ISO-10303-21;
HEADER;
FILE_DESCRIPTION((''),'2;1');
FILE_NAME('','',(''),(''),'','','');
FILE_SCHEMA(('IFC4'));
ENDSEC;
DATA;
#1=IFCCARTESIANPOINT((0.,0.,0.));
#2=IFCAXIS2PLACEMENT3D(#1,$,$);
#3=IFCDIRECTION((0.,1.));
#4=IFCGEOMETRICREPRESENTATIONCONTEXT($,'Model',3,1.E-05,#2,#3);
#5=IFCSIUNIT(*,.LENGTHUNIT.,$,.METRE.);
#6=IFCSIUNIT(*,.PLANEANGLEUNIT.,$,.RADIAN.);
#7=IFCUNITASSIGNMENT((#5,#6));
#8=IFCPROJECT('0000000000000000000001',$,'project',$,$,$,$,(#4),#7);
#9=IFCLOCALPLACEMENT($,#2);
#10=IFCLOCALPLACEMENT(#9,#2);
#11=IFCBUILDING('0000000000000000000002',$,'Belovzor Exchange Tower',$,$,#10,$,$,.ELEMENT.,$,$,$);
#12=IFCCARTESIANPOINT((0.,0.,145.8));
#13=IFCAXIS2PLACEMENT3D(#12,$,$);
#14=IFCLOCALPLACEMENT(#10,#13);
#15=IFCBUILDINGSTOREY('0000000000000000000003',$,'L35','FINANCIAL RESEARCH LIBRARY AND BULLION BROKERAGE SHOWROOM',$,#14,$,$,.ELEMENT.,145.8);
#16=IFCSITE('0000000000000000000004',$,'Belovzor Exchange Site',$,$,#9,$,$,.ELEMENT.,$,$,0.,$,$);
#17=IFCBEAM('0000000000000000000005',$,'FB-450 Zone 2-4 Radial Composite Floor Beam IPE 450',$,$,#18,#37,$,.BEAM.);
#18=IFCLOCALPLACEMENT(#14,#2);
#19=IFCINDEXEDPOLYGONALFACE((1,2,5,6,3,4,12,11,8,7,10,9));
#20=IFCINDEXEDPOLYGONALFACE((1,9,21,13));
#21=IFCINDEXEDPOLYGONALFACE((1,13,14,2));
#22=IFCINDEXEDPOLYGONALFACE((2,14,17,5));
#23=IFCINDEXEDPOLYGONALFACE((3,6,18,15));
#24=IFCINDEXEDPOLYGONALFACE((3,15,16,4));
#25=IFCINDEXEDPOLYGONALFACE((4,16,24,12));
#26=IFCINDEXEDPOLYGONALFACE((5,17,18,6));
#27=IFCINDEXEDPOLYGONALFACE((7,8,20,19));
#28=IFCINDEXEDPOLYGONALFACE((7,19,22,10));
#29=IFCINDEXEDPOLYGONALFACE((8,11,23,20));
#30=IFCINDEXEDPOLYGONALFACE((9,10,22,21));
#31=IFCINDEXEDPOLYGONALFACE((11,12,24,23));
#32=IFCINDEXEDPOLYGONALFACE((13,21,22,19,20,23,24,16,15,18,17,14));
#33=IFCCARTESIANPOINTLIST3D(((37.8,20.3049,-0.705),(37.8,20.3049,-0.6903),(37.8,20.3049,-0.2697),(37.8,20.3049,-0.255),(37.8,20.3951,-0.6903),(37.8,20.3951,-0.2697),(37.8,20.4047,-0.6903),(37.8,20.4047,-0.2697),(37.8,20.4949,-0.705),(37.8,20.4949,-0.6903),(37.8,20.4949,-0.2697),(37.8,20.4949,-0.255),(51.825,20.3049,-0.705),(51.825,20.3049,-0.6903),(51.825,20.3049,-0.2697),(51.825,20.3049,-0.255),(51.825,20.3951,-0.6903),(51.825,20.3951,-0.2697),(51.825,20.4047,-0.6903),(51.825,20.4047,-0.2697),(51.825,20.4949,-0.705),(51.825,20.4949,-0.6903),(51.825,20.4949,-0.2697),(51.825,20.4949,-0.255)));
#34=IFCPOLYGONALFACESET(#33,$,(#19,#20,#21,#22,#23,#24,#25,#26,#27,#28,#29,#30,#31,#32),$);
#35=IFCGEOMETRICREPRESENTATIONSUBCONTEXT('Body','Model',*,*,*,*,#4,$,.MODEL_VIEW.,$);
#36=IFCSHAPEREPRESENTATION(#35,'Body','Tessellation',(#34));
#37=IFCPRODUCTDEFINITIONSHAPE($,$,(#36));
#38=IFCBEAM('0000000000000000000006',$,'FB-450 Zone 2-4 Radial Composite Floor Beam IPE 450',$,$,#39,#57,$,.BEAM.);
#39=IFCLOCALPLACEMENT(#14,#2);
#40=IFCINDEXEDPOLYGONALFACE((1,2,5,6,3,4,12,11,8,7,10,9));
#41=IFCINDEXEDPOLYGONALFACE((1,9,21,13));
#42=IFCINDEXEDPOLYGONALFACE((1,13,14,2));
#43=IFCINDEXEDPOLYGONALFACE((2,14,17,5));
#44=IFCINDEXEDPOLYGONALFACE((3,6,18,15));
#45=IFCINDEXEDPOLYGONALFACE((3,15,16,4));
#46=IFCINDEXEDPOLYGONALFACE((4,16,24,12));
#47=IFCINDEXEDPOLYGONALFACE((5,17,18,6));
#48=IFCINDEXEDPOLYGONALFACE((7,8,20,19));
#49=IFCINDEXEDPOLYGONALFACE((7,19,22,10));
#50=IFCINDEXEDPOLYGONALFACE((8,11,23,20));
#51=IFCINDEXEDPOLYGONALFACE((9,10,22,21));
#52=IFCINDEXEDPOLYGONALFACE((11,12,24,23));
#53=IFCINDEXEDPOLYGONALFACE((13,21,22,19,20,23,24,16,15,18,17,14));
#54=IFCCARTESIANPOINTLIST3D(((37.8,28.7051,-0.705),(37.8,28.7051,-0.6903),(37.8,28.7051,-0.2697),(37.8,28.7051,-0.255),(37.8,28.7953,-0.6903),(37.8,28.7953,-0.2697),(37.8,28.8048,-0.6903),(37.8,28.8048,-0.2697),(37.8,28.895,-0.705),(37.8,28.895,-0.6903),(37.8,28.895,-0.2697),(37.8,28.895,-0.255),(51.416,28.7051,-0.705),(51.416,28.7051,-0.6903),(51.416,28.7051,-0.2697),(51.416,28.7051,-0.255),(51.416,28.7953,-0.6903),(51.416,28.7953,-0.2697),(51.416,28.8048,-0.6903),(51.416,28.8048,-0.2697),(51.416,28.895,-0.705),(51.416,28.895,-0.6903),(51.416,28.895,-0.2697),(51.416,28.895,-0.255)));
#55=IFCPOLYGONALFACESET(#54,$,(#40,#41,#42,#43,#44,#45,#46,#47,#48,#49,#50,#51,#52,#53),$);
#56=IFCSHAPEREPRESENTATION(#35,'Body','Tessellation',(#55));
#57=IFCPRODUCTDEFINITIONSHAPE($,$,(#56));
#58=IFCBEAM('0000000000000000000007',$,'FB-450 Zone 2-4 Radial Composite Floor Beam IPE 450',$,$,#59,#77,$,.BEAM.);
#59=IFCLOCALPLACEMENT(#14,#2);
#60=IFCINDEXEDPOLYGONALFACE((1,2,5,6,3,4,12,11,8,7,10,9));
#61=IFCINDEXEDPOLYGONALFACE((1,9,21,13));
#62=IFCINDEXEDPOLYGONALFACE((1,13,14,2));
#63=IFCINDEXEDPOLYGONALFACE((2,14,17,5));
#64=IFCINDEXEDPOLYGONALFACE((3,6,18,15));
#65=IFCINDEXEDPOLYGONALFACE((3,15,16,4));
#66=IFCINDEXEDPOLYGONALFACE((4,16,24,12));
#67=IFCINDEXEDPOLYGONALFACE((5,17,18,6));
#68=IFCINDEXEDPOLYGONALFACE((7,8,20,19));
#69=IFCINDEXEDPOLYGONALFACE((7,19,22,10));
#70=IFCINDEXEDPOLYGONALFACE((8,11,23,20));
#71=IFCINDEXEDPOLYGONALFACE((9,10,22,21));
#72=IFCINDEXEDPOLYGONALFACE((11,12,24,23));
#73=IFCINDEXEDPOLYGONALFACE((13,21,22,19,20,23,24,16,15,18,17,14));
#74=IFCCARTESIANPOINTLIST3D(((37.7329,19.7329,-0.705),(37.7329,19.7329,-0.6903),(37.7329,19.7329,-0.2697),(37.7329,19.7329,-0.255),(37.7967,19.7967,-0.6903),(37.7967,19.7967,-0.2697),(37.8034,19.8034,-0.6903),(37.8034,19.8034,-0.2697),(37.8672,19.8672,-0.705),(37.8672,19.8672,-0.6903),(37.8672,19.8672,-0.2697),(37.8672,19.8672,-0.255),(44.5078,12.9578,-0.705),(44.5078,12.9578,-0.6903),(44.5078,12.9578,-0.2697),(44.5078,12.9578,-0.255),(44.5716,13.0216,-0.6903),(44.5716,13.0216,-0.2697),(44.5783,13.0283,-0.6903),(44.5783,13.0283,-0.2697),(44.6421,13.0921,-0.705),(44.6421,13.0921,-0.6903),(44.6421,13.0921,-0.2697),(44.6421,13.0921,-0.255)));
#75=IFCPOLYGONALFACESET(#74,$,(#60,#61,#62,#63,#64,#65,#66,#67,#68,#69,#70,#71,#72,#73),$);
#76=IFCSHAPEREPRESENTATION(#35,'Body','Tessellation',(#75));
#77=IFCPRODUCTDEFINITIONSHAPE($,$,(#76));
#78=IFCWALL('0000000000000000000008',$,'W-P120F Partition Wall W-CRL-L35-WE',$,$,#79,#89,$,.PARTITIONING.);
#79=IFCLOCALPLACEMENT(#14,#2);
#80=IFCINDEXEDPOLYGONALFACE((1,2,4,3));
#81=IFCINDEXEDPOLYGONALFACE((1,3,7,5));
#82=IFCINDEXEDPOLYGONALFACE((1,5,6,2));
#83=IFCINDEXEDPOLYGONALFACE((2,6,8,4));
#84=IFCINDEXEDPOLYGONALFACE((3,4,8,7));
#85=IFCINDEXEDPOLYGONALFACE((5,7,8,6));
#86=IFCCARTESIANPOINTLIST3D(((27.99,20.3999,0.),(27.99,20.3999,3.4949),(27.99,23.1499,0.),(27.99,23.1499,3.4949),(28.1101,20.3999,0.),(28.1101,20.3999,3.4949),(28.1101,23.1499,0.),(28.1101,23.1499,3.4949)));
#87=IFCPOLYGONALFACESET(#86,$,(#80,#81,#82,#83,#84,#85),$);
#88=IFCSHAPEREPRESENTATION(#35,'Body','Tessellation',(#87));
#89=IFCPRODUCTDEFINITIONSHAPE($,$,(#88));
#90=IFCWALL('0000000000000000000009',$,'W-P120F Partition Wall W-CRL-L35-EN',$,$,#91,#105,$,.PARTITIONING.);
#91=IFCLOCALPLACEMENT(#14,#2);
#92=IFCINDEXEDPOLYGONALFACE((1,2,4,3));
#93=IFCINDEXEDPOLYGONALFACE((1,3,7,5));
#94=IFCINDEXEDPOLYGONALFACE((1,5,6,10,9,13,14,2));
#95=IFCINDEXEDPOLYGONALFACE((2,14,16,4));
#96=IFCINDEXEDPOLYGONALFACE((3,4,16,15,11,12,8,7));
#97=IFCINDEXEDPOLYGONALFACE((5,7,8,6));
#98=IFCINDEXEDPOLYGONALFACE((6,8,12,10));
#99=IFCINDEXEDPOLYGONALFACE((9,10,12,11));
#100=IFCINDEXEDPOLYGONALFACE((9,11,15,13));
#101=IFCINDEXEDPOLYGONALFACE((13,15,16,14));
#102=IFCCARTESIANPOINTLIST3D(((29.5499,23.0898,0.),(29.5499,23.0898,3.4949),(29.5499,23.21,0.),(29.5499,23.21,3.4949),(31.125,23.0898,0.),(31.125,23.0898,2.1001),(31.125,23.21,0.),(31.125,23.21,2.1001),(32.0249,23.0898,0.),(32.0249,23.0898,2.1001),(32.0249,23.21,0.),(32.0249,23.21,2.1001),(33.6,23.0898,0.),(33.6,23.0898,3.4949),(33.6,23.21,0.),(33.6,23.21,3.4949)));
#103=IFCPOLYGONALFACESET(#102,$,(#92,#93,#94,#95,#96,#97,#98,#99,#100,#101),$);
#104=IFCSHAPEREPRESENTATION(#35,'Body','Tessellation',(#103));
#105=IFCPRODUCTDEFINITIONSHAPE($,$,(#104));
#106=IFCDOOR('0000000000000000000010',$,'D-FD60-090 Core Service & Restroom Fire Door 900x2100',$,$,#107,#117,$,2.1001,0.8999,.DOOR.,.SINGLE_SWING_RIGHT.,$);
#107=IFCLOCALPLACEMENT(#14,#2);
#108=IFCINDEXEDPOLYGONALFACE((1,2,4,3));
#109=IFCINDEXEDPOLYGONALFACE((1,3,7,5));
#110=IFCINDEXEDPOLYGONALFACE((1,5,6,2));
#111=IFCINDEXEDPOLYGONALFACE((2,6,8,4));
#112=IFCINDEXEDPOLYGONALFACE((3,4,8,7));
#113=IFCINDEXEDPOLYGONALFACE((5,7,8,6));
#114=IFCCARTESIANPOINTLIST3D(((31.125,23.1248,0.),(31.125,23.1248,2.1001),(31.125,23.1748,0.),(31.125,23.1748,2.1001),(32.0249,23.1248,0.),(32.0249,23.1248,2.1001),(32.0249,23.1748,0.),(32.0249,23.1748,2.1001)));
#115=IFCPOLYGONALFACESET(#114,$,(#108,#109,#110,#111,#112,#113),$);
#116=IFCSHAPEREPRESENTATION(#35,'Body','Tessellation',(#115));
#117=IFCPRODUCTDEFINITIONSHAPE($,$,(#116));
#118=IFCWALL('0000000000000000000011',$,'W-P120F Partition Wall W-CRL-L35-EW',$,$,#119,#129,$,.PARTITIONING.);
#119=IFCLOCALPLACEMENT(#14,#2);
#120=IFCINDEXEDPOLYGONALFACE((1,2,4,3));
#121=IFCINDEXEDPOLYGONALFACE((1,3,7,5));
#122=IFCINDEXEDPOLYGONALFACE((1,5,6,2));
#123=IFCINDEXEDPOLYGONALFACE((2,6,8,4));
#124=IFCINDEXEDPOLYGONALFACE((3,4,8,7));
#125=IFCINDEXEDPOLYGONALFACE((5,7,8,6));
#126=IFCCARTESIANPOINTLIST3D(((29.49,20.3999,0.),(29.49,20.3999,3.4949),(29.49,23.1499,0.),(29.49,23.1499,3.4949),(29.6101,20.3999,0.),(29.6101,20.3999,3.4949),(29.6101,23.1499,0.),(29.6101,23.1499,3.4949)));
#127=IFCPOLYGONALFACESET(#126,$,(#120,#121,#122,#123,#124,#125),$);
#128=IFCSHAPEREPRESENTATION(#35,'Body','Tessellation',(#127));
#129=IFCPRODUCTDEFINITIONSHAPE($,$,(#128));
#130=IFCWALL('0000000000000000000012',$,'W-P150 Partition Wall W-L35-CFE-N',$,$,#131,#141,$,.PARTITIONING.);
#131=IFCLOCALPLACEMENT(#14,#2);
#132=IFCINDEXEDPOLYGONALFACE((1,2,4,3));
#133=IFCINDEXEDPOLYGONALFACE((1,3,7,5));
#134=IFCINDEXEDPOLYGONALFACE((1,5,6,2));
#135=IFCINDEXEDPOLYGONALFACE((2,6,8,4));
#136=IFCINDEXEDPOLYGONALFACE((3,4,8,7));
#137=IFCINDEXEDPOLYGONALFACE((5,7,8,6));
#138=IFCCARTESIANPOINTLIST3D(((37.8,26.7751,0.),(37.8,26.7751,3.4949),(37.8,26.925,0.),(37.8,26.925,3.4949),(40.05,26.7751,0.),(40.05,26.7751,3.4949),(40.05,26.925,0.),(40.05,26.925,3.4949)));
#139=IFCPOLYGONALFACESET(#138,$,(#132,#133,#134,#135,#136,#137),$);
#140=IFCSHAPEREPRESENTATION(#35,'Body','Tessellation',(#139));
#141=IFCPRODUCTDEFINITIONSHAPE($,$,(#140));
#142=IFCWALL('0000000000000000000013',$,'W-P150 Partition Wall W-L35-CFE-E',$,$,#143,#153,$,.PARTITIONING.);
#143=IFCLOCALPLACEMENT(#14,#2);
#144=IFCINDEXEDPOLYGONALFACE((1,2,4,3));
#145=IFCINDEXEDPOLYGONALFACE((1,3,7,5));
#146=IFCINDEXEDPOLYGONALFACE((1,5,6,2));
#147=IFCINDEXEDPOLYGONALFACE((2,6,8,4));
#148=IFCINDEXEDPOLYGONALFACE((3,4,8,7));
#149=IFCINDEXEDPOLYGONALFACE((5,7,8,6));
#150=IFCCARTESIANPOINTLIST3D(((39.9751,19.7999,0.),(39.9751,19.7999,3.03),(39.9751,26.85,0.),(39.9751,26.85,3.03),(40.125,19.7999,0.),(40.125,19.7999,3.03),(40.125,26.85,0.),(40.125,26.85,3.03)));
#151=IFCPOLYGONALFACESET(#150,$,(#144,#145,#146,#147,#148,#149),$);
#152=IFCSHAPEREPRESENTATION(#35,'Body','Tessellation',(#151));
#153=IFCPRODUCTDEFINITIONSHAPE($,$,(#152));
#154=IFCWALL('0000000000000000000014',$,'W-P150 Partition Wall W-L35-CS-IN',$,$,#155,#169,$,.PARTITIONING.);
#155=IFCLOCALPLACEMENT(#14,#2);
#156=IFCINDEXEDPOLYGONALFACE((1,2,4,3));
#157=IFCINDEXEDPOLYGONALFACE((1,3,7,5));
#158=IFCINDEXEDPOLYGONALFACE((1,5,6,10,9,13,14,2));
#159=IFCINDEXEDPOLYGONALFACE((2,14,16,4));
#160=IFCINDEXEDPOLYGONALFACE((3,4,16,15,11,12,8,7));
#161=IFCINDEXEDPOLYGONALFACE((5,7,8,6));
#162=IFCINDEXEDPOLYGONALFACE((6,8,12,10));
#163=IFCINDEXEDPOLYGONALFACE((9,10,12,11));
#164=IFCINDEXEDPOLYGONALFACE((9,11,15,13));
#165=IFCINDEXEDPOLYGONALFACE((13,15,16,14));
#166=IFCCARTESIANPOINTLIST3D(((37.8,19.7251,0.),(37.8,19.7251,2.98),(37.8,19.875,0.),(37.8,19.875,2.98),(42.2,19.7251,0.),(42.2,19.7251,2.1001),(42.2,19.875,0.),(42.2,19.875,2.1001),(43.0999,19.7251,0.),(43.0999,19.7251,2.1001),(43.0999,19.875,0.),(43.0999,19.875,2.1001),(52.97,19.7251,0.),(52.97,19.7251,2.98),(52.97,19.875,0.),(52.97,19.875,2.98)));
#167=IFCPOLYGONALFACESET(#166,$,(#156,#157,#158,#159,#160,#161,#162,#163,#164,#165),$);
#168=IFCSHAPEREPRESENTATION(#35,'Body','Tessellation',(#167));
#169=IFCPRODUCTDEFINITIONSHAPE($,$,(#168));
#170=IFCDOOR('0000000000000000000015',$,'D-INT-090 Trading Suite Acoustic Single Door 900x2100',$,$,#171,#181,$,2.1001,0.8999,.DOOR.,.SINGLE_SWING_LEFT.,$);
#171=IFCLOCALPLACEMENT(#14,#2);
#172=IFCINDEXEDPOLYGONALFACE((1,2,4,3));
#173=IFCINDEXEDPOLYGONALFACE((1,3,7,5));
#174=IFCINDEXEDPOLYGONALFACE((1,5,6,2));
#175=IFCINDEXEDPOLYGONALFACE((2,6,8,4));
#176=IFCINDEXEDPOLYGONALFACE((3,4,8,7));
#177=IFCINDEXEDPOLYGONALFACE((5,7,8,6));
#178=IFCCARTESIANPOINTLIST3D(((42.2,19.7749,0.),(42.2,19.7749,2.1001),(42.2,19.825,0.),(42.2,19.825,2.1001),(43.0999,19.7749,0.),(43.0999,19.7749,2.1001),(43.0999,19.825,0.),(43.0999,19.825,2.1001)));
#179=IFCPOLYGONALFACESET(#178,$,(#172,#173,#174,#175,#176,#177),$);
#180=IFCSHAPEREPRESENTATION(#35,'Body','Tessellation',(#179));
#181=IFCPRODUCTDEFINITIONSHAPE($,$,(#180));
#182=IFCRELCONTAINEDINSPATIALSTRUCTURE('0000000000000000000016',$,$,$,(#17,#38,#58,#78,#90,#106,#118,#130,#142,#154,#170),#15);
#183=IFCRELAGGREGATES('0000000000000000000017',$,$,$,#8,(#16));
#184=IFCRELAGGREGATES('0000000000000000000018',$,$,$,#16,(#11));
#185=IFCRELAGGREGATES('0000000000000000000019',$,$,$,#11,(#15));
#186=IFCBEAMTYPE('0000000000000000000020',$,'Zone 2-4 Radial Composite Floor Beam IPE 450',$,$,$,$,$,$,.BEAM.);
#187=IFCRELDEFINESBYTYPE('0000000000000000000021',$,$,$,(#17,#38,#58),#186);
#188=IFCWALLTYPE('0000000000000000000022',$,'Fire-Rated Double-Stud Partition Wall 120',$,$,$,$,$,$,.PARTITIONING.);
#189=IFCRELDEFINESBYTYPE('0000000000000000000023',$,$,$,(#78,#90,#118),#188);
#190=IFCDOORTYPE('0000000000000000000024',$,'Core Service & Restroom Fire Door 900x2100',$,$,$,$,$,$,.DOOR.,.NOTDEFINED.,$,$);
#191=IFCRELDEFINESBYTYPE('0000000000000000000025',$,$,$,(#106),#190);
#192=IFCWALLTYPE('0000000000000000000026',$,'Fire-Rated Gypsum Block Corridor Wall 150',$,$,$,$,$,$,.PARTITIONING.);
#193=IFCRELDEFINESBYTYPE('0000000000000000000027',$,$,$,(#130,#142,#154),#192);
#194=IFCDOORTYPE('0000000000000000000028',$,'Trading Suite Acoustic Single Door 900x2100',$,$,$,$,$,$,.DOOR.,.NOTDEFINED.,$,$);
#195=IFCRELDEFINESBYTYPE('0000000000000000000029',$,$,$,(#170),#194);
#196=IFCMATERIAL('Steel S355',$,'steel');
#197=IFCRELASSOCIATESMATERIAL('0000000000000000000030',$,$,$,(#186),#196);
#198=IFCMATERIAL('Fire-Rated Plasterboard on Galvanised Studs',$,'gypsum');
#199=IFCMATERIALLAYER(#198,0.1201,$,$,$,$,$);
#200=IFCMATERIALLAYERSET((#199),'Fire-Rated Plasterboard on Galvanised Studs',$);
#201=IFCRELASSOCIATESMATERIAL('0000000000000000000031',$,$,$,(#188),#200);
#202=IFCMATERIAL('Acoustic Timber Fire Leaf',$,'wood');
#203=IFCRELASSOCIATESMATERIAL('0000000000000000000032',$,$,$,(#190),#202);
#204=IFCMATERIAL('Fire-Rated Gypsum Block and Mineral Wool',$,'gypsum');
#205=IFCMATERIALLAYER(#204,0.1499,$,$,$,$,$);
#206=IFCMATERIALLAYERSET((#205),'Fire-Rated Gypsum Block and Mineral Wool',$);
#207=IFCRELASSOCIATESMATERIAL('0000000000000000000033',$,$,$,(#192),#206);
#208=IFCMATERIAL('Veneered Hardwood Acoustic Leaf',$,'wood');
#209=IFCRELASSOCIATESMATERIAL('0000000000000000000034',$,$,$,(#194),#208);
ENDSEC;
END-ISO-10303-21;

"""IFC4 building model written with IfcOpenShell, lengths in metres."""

from ifc_helpers import new_model, si_unit, direction, frame, frame_2d, origin, origin_2d, place, context, subcontext, project, spatial, rectangle, i_section, extrude, material, layer, layer_set, material_profile, profile_set, type_object, element, fill, save


model = new_model("IFC4")

# Units and contexts
model_context = context("Model", 3, precision=1e-05, world=origin(), true_north=direction((0.0, 1.0)))
body_context = subcontext(model_context, "Body", "Model", "MODEL_VIEW")
ifc_project = project(units=[si_unit("LENGTHUNIT", "METRE"), si_unit("PLANEANGLEUNIT", "RADIAN")], contexts=[model_context])

# Site, building, storey
site_placement = place(None, origin())
site = spatial("IfcSite", under=ifc_project, at=site_placement, Name="Belovzor Exchange Site", CompositionType="ELEMENT", RefElevation=0.0)
building_placement = place(site_placement, origin())
building = spatial("IfcBuilding", under=site, at=building_placement, Name="Belovzor Exchange Tower", CompositionType="ELEMENT")
storey_placement = place(building_placement, frame((0.0, 0.0, 145.8)))
storey = spatial("IfcBuildingStorey", under=building, at=storey_placement, Name="L35", Description="FINANCIAL RESEARCH LIBRARY AND BULLION BROKERAGE SHOWROOM", CompositionType="ELEMENT", Elevation=145.8)

# Beams
ifc_material_1 = material(Name="Steel S355", Category="steel")
ifc_material_profile = material_profile(ifc_material_1, i_section(OverallWidth=0.1899, OverallDepth=0.45, WebThickness=0.0095, FlangeThickness=0.0146, at=origin_2d()))
ifc_profile_set = profile_set([ifc_material_profile], Name="Steel S355")
beam_type = type_object("IfcBeamType", Name="Zone 2-4 Radial Composite Floor Beam IPE 450", PredefinedType="BEAM", material=ifc_profile_set)
beam_1_placement = place(storey_placement, frame((37.8, 20.3999, -0.48), z_axis=(1.0, 0.0, 0.0), x_axis=(0.0, 1.0, 0.0)))
element("IfcBeam", 1, at=beam_1_placement, inside=storey, type_object=beam_type, Name="FB-450 Zone 2-4 Radial Composite Floor Beam IPE 450", PredefinedType="BEAM", context=body_context, shape_type="SweptSolid", body=[
    extrude(i_section(OverallWidth=0.1899, OverallDepth=0.45, WebThickness=0.0095, FlangeThickness=0.0146, at=origin_2d()), origin(), (0.0, 0.0, 1.0), 14.0249),
])
beam_2_placement = place(storey_placement, frame((37.8, 28.8, -0.48), z_axis=(1.0, 0.0, 0.0), x_axis=(0.0, 1.0, 0.0)))
element("IfcBeam", 2, at=beam_2_placement, inside=storey, type_object=beam_type, Name="FB-450 Zone 2-4 Radial Composite Floor Beam IPE 450", PredefinedType="BEAM", context=body_context, shape_type="SweptSolid", body=[
    extrude(i_section(OverallWidth=0.1899, OverallDepth=0.45, WebThickness=0.0095, FlangeThickness=0.0146, at=origin_2d()), origin(), (0.0, 0.0, 1.0), 13.616),
])
beam_3_placement = place(storey_placement, frame((37.8, 19.8, -0.48), z_axis=(0.707094, -0.70712, 0.0), x_axis=(0.70712, 0.707094, 0.0)))
element("IfcBeam", 3, at=beam_3_placement, inside=storey, type_object=beam_type, Name="FB-450 Zone 2-4 Radial Composite Floor Beam IPE 450", PredefinedType="BEAM", context=body_context, shape_type="SweptSolid", body=[
    extrude(i_section(OverallWidth=0.1899, OverallDepth=0.45, WebThickness=0.0095, FlangeThickness=0.0146, at=origin_2d()), origin(), (0.0, 0.0, 1.0), 9.5813),
])

# Wall
ifc_material_2 = material(Name="Fire-Rated Plasterboard on Galvanised Studs", Category="gypsum")
ifc_layer_1 = layer(ifc_material_2, 0.1201)
ifc_layer_set_1 = layer_set([ifc_layer_1], Name="Fire-Rated Plasterboard on Galvanised Studs")
wall_type_1 = type_object("IfcWallType", Name="Fire-Rated Double-Stud Partition Wall 120", PredefinedType="PARTITIONING", material=ifc_layer_set_1)
wall_1_placement = place(storey_placement, frame((28.05, 20.3999, 0.0), z_axis=(0.0, 0.0, 1.0), x_axis=(0.0, 1.0, 0.0)))
element("IfcWall", 4, at=wall_1_placement, inside=storey, type_object=wall_type_1, Name="W-P120F Partition Wall W-CRL-L35-WE", PredefinedType="PARTITIONING", context=body_context, shape_type="SweptSolid", body=[
    extrude(rectangle(XDim=2.75, YDim=0.1201, at=frame_2d((1.375, 0.0))), origin(), (0.0, 0.0, 1.0), 3.4949),
])

# Wall, opening, door
wall_2_placement = place(storey_placement, frame((29.55, 23.1499, 0.0), z_axis=(0.0, 0.0, 1.0), x_axis=(1.0, 0.0, 0.0)))
wall_2 = element("IfcWall", 5, at=wall_2_placement, inside=storey, type_object=wall_type_1, Name="W-P120F Partition Wall W-CRL-L35-EN", PredefinedType="PARTITIONING", context=body_context, shape_type="SweptSolid", body=[
    extrude(rectangle(XDim=4.05, YDim=0.1201, at=frame_2d((2.0249, 0.0))), origin(), (0.0, 0.0, 1.0), 3.4949),
])
opening_1_placement = place(wall_2_placement, frame((1.575, 0.0, 0.0)))
opening_1 = element("IfcOpeningElement", 6, at=opening_1_placement, cuts=wall_2, PredefinedType="OPENING", context=body_context, shape_type="SweptSolid", body=[
    extrude(rectangle(XDim=0.8999, YDim=2.1001, at=frame_2d((0.45, 1.05))), frame((0.0, 0.0701, 0.0), z_axis=(0.0, -1.0, 0.0), x_axis=(1.0, 0.0, 0.0)), (0.0, 0.0, 1.0), 0.1401),
])
ifc_material_3 = material(Name="Acoustic Timber Fire Leaf", Category="wood")
door_type_1 = type_object("IfcDoorType", Name="Core Service & Restroom Fire Door 900x2100", OperationType="NOTDEFINED", PredefinedType="DOOR", material=ifc_material_3)
door_1_placement = place(opening_1_placement, origin())
door_1 = element("IfcDoor", 7, at=door_1_placement, inside=storey, type_object=door_type_1, Name="D-FD60-090 Core Service & Restroom Fire Door 900x2100", OperationType="SINGLE_SWING_RIGHT", OverallHeight=2.1001, OverallWidth=0.8999, PredefinedType="DOOR", context=body_context, shape_type="SweptSolid", body=[
    extrude(rectangle(XDim=0.8999, YDim=2.1001, at=frame_2d((0.45, 1.05))), frame((0.0, 0.0249, 0.0), z_axis=(0.0, -1.0, 0.0), x_axis=(1.0, 0.0, 0.0)), (0.0, 0.0, 1.0), 0.05),
])
fill(opening_1, door_1)

# Walls
wall_3_placement = place(storey_placement, frame((29.55, 20.3999, 0.0), z_axis=(0.0, 0.0, 1.0), x_axis=(0.0, 1.0, 0.0)))
element("IfcWall", 8, at=wall_3_placement, inside=storey, type_object=wall_type_1, Name="W-P120F Partition Wall W-CRL-L35-EW", PredefinedType="PARTITIONING", context=body_context, shape_type="SweptSolid", body=[
    extrude(rectangle(XDim=2.75, YDim=0.1201, at=frame_2d((1.375, 0.0))), origin(), (0.0, 0.0, 1.0), 3.4949),
])
ifc_material_4 = material(Name="Fire-Rated Gypsum Block and Mineral Wool", Category="gypsum")
ifc_layer_2 = layer(ifc_material_4, 0.1499)
ifc_layer_set_2 = layer_set([ifc_layer_2], Name="Fire-Rated Gypsum Block and Mineral Wool")
wall_type_2 = type_object("IfcWallType", Name="Fire-Rated Gypsum Block Corridor Wall 150", PredefinedType="PARTITIONING", material=ifc_layer_set_2)
wall_4_placement = place(storey_placement, frame((37.8, 26.8501, 0.0), z_axis=(0.0, 0.0, 1.0), x_axis=(1.0, 0.0, 0.0)))
element("IfcWall", 9, at=wall_4_placement, inside=storey, type_object=wall_type_2, Name="W-P150 Partition Wall W-L35-CFE-N", PredefinedType="PARTITIONING", context=body_context, shape_type="SweptSolid", body=[
    extrude(rectangle(XDim=2.25, YDim=0.1499, at=frame_2d((1.125, 0.0))), origin(), (0.0, 0.0, 1.0), 3.4949),
])
wall_5_placement = place(storey_placement, frame((40.05, 19.8, 0.0), z_axis=(0.0, 0.0, 1.0), x_axis=(0.0, 1.0, 0.0)))
element("IfcWall", 10, at=wall_5_placement, inside=storey, type_object=wall_type_2, Name="W-P150 Partition Wall W-L35-CFE-E", PredefinedType="PARTITIONING", context=body_context, shape_type="SweptSolid", body=[
    extrude(rectangle(XDim=7.05, YDim=0.1499, at=frame_2d((3.5249, 0.0))), origin(), (0.0, 0.0, 1.0), 3.03),
])

# Wall, opening, door
wall_6_placement = place(storey_placement, frame((37.8, 19.8, 0.0), z_axis=(0.0, 0.0, 1.0), x_axis=(1.0, 0.0, 0.0)))
wall_6 = element("IfcWall", 11, at=wall_6_placement, inside=storey, type_object=wall_type_2, Name="W-P150 Partition Wall W-L35-CS-IN", PredefinedType="PARTITIONING", context=body_context, shape_type="SweptSolid", body=[
    extrude(rectangle(XDim=15.1699, YDim=0.1499, at=frame_2d((7.585, 0.0))), origin(), (0.0, 0.0, 1.0), 2.98),
])
opening_2_placement = place(wall_6_placement, frame((4.3999, 0.0, 0.0)))
opening_2 = element("IfcOpeningElement", 12, at=opening_2_placement, cuts=wall_6, PredefinedType="OPENING", context=body_context, shape_type="SweptSolid", body=[
    extrude(rectangle(XDim=0.8999, YDim=2.1001, at=frame_2d((0.45, 1.05))), frame((0.0, 0.085, 0.0), z_axis=(0.0, -1.0, 0.0), x_axis=(1.0, 0.0, 0.0)), (0.0, 0.0, 1.0), 0.1699),
])
ifc_material_5 = material(Name="Veneered Hardwood Acoustic Leaf", Category="wood")
door_type_2 = type_object("IfcDoorType", Name="Trading Suite Acoustic Single Door 900x2100", OperationType="NOTDEFINED", PredefinedType="DOOR", material=ifc_material_5)
door_2_placement = place(opening_2_placement, origin())
door_2 = element("IfcDoor", 13, at=door_2_placement, inside=storey, type_object=door_type_2, Name="D-INT-090 Trading Suite Acoustic Single Door 900x2100", OperationType="SINGLE_SWING_LEFT", OverallHeight=2.1001, OverallWidth=0.8999, PredefinedType="DOOR", context=body_context, shape_type="SweptSolid", body=[
    extrude(rectangle(XDim=0.8999, YDim=2.1001, at=frame_2d((0.45, 1.05))), frame((0.0, 0.0249, 0.0), z_axis=(0.0, -1.0, 0.0), x_axis=(1.0, 0.0, 0.0)), (0.0, 0.0, 1.0), 0.05),
])
fill(opening_2, door_2)

save(model, "model.ifc")
